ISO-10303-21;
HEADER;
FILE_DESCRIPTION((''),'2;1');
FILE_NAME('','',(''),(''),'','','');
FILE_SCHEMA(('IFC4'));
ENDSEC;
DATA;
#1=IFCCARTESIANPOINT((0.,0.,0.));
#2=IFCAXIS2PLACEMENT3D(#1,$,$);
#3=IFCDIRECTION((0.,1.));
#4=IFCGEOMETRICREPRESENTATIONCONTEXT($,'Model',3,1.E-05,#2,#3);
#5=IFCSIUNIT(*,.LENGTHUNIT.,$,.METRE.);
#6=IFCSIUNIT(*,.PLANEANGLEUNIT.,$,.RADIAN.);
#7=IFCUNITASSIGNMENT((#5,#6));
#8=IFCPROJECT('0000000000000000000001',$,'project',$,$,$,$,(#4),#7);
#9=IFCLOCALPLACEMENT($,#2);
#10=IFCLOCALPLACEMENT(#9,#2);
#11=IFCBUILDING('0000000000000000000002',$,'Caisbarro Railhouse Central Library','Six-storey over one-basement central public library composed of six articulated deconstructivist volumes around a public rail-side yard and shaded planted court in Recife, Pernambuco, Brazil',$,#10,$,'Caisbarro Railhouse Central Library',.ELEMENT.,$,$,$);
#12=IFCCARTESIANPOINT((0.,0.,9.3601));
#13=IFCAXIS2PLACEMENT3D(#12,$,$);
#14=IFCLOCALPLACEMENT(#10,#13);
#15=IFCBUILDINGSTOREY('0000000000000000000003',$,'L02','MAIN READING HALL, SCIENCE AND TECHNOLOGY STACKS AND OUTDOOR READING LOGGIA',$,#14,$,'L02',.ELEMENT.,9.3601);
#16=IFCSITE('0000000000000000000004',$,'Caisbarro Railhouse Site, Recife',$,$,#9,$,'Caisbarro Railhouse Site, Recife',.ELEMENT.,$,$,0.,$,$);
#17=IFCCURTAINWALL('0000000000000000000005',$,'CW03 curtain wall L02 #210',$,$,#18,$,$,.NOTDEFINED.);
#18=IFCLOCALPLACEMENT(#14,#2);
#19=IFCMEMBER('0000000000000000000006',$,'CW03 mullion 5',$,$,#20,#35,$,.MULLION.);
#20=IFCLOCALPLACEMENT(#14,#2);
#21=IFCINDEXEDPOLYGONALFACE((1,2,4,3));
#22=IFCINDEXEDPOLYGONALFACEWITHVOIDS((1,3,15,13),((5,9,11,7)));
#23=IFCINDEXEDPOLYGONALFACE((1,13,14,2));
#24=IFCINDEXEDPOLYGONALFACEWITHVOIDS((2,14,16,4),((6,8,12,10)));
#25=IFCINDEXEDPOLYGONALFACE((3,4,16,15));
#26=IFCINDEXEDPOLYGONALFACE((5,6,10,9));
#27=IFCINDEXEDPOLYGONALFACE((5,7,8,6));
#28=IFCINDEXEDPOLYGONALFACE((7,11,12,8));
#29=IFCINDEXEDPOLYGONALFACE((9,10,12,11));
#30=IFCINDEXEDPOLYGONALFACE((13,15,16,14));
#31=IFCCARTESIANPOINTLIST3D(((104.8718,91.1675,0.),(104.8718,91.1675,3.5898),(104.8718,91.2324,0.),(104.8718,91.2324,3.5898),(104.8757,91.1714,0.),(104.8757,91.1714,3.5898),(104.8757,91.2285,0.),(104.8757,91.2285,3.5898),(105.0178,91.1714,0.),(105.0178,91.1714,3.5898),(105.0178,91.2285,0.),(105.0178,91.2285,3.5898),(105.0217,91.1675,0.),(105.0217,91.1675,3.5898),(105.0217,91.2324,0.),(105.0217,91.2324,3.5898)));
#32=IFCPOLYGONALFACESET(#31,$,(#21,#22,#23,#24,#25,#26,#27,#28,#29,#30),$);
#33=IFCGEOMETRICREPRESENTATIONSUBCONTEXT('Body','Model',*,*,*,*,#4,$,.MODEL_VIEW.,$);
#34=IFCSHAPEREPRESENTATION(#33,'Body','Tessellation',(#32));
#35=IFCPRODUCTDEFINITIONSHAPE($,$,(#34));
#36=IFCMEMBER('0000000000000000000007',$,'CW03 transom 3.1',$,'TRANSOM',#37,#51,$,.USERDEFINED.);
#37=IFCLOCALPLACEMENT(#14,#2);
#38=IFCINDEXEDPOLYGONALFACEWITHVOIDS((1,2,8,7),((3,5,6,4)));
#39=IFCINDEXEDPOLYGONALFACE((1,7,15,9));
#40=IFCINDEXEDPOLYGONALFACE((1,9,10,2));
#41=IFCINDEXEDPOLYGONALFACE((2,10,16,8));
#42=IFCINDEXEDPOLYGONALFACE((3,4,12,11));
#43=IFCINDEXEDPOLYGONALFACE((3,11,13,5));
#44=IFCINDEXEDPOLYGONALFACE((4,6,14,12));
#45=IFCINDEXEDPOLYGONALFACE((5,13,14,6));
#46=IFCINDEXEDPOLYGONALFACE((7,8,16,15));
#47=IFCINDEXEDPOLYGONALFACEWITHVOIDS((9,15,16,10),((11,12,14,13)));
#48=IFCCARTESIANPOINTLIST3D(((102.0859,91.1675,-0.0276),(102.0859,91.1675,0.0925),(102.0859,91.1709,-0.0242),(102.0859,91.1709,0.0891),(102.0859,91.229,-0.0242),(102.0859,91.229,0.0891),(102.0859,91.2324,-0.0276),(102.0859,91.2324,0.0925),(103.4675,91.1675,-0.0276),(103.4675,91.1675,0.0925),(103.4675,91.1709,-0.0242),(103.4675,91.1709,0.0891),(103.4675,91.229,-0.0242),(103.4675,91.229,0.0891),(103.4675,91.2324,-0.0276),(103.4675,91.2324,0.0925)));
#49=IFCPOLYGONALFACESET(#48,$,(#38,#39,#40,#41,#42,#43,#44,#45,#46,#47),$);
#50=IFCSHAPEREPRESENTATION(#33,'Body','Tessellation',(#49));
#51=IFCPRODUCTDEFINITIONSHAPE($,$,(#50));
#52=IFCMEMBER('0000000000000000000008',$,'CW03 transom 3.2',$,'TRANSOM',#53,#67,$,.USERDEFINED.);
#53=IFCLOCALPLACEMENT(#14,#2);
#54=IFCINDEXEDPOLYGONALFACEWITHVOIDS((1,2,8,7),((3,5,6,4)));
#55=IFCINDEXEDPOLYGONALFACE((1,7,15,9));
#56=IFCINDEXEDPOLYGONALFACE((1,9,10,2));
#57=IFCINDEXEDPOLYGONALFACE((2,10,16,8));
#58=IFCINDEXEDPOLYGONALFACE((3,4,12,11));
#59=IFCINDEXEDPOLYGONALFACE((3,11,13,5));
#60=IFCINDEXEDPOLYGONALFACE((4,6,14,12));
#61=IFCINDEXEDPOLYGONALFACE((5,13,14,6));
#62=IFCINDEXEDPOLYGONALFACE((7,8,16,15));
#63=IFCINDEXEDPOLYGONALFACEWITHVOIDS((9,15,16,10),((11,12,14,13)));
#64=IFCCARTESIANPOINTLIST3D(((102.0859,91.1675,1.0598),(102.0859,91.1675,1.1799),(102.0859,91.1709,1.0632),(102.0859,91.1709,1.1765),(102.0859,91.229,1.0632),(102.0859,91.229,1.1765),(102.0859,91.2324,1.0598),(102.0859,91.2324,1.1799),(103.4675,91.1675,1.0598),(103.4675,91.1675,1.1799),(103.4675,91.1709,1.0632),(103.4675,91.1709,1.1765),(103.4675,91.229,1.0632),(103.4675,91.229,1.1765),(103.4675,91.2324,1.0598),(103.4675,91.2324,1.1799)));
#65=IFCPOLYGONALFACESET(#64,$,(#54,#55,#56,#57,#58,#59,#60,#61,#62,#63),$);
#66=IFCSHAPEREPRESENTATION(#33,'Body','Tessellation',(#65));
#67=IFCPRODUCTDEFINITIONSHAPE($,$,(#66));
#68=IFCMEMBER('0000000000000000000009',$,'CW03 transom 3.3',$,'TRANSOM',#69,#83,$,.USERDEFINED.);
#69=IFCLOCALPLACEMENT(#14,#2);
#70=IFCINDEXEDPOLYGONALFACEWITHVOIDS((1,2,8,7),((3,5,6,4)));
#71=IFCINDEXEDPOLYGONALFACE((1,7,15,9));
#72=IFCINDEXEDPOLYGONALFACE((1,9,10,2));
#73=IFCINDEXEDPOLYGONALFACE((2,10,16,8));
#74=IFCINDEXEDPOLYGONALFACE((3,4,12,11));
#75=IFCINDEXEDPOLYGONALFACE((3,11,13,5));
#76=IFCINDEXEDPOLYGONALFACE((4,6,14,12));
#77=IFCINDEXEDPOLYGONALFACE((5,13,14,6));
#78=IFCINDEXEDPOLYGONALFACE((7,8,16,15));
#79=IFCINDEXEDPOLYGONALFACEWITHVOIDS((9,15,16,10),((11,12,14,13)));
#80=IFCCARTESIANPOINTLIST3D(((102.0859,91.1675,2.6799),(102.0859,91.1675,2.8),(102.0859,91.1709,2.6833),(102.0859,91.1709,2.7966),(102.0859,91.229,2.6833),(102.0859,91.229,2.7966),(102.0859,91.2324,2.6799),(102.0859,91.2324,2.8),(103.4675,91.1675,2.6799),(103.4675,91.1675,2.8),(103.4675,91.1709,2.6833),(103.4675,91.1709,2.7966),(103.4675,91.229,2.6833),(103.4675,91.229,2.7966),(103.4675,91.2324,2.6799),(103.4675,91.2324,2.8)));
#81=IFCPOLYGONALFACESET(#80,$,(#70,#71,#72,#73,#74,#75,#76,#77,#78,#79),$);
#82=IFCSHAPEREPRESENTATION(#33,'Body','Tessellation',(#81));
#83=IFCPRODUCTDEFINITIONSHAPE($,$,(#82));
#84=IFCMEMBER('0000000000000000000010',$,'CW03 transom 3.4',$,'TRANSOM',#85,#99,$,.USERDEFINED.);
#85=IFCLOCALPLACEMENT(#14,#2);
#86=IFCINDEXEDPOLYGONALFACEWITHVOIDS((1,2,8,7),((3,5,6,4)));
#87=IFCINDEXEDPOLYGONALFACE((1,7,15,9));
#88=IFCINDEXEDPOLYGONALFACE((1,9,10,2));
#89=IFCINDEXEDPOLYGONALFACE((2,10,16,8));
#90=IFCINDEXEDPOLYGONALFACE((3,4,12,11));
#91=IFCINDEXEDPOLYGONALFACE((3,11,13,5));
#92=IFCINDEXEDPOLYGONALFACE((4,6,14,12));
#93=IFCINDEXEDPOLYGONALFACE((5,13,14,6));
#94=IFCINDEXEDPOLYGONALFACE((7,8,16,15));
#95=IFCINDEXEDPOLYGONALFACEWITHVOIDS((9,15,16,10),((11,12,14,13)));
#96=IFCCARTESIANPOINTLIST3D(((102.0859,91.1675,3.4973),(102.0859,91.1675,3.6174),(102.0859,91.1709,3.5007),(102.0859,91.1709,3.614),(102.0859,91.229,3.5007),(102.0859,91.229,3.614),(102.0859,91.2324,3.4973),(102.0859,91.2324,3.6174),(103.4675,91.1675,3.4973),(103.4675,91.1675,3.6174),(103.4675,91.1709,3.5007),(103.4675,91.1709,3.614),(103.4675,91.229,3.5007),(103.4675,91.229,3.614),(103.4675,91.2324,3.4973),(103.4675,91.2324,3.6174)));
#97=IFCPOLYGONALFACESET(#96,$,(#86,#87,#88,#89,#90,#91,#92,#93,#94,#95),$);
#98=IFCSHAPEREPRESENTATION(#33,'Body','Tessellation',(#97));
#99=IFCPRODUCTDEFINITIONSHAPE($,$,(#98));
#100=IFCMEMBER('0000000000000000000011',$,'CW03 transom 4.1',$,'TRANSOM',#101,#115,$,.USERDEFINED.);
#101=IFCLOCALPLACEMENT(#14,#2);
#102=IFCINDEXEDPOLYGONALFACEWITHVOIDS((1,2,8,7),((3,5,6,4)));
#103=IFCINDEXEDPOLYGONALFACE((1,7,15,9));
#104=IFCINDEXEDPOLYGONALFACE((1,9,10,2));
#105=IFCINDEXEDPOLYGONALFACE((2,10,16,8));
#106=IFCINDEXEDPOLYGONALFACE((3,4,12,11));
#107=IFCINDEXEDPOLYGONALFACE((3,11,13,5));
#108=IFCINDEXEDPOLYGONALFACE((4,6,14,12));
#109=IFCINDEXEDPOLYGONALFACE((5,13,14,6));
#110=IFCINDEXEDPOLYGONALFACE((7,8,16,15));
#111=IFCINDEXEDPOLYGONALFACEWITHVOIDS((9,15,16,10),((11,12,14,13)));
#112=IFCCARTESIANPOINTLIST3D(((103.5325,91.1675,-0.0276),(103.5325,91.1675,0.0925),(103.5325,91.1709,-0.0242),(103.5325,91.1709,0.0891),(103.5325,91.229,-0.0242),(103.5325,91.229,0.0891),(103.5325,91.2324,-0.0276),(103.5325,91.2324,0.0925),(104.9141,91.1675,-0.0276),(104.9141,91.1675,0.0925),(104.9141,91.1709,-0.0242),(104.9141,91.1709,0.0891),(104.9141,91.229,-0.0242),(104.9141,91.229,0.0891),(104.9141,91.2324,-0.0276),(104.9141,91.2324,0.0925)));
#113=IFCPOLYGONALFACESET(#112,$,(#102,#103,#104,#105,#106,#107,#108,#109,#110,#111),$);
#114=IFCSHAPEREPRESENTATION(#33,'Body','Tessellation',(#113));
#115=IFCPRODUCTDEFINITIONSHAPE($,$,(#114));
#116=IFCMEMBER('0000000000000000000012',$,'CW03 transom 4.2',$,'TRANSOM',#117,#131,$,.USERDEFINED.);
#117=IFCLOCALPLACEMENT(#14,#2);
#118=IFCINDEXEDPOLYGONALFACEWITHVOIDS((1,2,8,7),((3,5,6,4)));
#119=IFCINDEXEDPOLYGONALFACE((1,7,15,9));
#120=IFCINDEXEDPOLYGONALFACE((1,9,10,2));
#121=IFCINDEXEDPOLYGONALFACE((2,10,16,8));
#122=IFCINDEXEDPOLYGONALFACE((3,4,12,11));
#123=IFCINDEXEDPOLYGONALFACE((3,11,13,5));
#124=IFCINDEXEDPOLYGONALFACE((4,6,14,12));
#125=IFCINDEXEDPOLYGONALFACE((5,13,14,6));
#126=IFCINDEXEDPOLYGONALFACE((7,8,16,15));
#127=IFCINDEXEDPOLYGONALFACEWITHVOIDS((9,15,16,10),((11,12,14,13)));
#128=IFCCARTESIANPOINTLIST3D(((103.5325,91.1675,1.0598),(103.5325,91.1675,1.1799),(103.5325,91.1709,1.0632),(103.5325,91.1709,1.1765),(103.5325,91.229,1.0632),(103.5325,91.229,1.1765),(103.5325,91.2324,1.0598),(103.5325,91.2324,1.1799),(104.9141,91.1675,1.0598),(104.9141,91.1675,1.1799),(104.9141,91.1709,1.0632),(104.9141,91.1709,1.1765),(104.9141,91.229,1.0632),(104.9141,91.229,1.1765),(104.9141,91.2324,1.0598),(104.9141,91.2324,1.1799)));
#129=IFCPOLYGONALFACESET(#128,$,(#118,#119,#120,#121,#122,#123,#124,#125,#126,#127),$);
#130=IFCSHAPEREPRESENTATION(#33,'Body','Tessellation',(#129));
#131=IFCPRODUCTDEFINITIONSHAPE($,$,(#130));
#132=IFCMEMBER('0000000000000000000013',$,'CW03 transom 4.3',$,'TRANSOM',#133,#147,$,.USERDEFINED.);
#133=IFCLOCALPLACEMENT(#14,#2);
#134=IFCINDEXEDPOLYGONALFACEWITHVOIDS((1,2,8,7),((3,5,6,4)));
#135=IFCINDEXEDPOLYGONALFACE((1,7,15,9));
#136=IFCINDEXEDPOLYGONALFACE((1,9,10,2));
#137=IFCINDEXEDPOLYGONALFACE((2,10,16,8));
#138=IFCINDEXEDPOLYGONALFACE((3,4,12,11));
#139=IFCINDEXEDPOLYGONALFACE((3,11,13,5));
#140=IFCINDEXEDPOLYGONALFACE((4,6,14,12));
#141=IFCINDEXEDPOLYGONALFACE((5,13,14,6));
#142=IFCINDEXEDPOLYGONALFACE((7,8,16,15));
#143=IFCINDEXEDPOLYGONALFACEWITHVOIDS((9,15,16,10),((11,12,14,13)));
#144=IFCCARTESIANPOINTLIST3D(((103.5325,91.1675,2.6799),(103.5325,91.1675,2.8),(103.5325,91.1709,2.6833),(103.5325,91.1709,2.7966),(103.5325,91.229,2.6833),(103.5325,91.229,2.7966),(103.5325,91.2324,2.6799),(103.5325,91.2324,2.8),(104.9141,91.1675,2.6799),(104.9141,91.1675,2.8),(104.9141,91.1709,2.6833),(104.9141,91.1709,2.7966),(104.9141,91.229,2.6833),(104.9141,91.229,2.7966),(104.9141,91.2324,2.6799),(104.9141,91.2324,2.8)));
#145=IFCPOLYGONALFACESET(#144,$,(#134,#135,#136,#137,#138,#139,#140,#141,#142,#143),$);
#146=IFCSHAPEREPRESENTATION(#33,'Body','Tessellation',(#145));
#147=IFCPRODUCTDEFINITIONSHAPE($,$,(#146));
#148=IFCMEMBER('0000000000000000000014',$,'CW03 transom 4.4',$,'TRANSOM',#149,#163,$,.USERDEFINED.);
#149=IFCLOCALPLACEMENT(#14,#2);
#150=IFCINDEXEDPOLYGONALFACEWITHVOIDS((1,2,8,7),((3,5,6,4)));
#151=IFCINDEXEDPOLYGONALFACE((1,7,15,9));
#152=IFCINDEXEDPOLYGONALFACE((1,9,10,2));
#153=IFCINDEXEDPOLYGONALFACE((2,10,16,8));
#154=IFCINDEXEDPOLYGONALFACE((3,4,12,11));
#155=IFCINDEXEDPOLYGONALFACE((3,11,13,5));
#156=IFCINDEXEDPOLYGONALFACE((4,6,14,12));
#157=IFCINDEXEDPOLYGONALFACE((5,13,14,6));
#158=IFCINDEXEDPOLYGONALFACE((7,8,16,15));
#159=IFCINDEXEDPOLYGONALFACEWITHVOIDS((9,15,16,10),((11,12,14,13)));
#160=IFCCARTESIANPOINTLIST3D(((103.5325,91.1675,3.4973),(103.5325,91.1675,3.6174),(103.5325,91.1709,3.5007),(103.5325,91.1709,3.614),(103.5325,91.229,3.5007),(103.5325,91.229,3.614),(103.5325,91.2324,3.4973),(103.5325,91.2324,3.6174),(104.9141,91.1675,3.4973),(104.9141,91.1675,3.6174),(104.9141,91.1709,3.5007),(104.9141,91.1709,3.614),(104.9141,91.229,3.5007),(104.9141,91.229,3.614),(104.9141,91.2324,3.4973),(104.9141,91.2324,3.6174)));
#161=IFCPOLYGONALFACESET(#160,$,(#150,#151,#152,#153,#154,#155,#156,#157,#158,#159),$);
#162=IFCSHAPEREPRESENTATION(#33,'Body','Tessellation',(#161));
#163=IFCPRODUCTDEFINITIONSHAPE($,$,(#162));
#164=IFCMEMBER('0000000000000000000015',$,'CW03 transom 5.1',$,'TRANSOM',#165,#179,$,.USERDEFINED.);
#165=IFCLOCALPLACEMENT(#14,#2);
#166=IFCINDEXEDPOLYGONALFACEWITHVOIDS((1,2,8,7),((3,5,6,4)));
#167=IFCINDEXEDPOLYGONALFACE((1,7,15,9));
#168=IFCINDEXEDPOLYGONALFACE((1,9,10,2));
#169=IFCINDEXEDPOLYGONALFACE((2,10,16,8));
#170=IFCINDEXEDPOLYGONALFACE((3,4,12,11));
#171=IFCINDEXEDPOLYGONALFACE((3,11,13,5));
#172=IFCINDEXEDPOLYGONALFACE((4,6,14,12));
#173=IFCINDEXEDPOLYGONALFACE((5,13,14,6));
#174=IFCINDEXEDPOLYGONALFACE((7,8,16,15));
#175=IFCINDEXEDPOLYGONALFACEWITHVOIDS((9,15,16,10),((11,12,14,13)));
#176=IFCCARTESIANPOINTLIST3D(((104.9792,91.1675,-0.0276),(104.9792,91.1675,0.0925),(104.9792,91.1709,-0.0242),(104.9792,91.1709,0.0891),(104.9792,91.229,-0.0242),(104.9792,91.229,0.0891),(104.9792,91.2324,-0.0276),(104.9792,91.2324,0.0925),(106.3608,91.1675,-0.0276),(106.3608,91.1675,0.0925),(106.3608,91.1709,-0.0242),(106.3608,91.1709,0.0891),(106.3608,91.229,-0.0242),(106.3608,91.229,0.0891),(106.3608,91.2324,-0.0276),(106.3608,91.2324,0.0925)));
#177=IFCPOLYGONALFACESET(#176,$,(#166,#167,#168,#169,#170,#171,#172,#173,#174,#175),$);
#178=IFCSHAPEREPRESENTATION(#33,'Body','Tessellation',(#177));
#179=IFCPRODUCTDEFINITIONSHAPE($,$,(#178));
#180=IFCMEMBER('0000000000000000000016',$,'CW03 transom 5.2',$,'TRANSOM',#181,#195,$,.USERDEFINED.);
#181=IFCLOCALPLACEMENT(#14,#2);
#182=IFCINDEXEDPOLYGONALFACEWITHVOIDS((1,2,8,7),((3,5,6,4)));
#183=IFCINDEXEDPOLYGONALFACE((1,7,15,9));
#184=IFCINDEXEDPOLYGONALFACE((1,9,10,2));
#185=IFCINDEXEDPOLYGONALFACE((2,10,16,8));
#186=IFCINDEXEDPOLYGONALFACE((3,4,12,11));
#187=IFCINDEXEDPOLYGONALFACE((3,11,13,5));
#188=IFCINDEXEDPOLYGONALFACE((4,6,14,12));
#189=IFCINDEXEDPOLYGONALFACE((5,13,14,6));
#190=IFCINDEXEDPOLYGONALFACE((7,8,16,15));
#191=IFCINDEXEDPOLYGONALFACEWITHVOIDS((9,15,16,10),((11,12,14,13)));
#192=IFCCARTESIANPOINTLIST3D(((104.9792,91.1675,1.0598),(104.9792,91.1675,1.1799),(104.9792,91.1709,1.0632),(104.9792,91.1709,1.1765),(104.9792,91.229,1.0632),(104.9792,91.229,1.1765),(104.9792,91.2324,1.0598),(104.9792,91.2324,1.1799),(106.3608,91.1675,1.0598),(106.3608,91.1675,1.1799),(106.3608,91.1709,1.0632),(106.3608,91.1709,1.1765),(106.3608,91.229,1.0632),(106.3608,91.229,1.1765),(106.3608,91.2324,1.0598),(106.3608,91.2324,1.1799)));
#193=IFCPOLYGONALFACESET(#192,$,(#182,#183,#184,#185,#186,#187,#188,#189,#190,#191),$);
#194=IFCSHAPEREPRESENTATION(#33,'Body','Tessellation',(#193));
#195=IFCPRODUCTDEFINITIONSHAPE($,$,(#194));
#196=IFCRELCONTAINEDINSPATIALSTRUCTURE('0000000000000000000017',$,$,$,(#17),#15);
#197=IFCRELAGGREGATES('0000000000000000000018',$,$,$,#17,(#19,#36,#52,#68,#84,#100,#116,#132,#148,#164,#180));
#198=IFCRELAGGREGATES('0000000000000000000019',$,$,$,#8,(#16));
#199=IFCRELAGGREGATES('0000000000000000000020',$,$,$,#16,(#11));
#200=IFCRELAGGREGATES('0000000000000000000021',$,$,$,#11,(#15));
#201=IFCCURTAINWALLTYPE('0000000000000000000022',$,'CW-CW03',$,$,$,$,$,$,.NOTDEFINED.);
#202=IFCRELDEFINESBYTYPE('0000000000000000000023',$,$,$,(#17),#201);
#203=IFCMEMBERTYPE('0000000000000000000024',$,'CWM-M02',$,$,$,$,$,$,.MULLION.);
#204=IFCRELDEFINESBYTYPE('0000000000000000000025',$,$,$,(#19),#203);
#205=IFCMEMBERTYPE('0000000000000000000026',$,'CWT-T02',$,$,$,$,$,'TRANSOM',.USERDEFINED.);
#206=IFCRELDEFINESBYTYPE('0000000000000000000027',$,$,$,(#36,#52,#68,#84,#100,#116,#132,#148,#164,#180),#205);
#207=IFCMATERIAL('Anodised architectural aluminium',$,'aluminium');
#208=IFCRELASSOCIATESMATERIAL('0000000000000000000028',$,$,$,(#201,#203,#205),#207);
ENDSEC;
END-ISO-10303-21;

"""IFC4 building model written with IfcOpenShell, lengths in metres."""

from ifc_helpers import new_model, si_unit, direction, frame, origin, origin_2d, place, context, subcontext, project, spatial, hollow_rectangle, extrude, material, material_profile, profile_set, type_object, element, aggregate, save


model = new_model("IFC4")

# Units and contexts
model_context = context("Model", 3, precision=1e-05, world=origin(), true_north=direction((0.0, 1.0)))
body_context = subcontext(model_context, "Body", "Model", "MODEL_VIEW")
ifc_project = project(units=[si_unit("LENGTHUNIT", "METRE"), si_unit("PLANEANGLEUNIT", "RADIAN")], contexts=[model_context])

# Site, building, storey
site_placement = place(None, origin())
site = spatial("IfcSite", under=ifc_project, at=site_placement, Name="Caisbarro Railhouse Site, Recife", LongName="Caisbarro Railhouse Site, Recife", CompositionType="ELEMENT", RefElevation=0.0)
building_placement = place(site_placement, origin())
building = spatial("IfcBuilding", under=site, at=building_placement, Name="Caisbarro Railhouse Central Library", Description="Six-storey over one-basement central public library composed of six articulated deconstructivist volumes around a public rail-side yard and shaded planted court in Recife, Pernambuco, Brazil", LongName="Caisbarro Railhouse Central Library", CompositionType="ELEMENT")
storey_placement = place(building_placement, frame((0.0, 0.0, 9.3601)))
storey = spatial("IfcBuildingStorey", under=building, at=storey_placement, Name="L02", Description="MAIN READING HALL, SCIENCE AND TECHNOLOGY STACKS AND OUTDOOR READING LOGGIA", LongName="L02", CompositionType="ELEMENT", Elevation=9.3601)

# Curtain wall, members
ifc_material_1 = material(Name="Anodised architectural aluminium", Category="aluminium")
curtain_wall_type = type_object("IfcCurtainWallType", Name="CW-CW03", PredefinedType="NOTDEFINED", material=ifc_material_1)
curtain_wall_placement = place(storey_placement, origin())
curtain_wall = element("IfcCurtainWall", 1, at=curtain_wall_placement, inside=storey, type_object=curtain_wall_type, Name="CW03 curtain wall L02 #210", PredefinedType="NOTDEFINED")
ifc_material_profile_1 = material_profile(ifc_material_1, hollow_rectangle(XDim=0.0649, YDim=0.1499, WallThickness=0.0039, at=origin_2d()), Name="ALU-MUL-65X150")
ifc_profile_set_1 = profile_set([ifc_material_profile_1], Name="Anodised architectural aluminium")
member_type_1 = type_object("IfcMemberType", Name="CWM-M02", PredefinedType="MULLION", material=ifc_profile_set_1)
member_1_placement = place(storey_placement, frame((104.9468, 91.2, 0.0), z_axis=(0.0, 0.0, 1.0), x_axis=(0.0, 1.0, 0.0)))
member_1 = element("IfcMember", 2, at=member_1_placement, type_object=member_type_1, Name="CW03 mullion 5", PredefinedType="MULLION", context=body_context, shape_type="SweptSolid", body=[
    extrude(hollow_rectangle(XDim=0.0649, YDim=0.1499, WallThickness=0.0039, at=origin_2d()), origin(), (0.0, 0.0, 1.0), 3.5898),
])
ifc_material_profile_2 = material_profile(ifc_material_1, hollow_rectangle(XDim=0.0649, YDim=0.1201, WallThickness=0.0034, at=origin_2d()), Name="ALU-TRN-65X120")
ifc_profile_set_2 = profile_set([ifc_material_profile_2], Name="Anodised architectural aluminium")
member_type_2 = type_object("IfcMemberType", Name="CWT-T02", ElementType="TRANSOM", PredefinedType="USERDEFINED", material=ifc_profile_set_2)
member_2_placement = place(storey_placement, frame((102.0859, 91.2, 0.0325), z_axis=(1.0, 0.0, 0.0), x_axis=(0.0, 1.0, 0.0)))
member_2 = element("IfcMember", 3, at=member_2_placement, type_object=member_type_2, Name="CW03 transom 3.1", ObjectType="TRANSOM", PredefinedType="USERDEFINED", context=body_context, shape_type="SweptSolid", body=[
    extrude(hollow_rectangle(XDim=0.0649, YDim=0.1201, WallThickness=0.0034, at=origin_2d()), origin(), (0.0, 0.0, 1.0), 1.3816),
])
member_3_placement = place(storey_placement, frame((102.0859, 91.2, 1.1199), z_axis=(1.0, 0.0, 0.0), x_axis=(0.0, 1.0, 0.0)))
member_3 = element("IfcMember", 4, at=member_3_placement, type_object=member_type_2, Name="CW03 transom 3.2", ObjectType="TRANSOM", PredefinedType="USERDEFINED", context=body_context, shape_type="SweptSolid", body=[
    extrude(hollow_rectangle(XDim=0.0649, YDim=0.1201, WallThickness=0.0034, at=origin_2d()), origin(), (0.0, 0.0, 1.0), 1.3816),
])
member_4_placement = place(storey_placement, frame((102.0859, 91.2, 2.74), z_axis=(1.0, 0.0, 0.0), x_axis=(0.0, 1.0, 0.0)))
member_4 = element("IfcMember", 5, at=member_4_placement, type_object=member_type_2, Name="CW03 transom 3.3", ObjectType="TRANSOM", PredefinedType="USERDEFINED", context=body_context, shape_type="SweptSolid", body=[
    extrude(hollow_rectangle(XDim=0.0649, YDim=0.1201, WallThickness=0.0034, at=origin_2d()), origin(), (0.0, 0.0, 1.0), 1.3816),
])
member_5_placement = place(storey_placement, frame((102.0859, 91.2, 3.5574), z_axis=(1.0, 0.0, 0.0), x_axis=(0.0, 1.0, 0.0)))
member_5 = element("IfcMember", 6, at=member_5_placement, type_object=member_type_2, Name="CW03 transom 3.4", ObjectType="TRANSOM", PredefinedType="USERDEFINED", context=body_context, shape_type="SweptSolid", body=[
    extrude(hollow_rectangle(XDim=0.0649, YDim=0.1201, WallThickness=0.0034, at=origin_2d()), origin(), (0.0, 0.0, 1.0), 1.3816),
])
member_6_placement = place(storey_placement, frame((103.5325, 91.2, 0.0325), z_axis=(1.0, 0.0, 0.0), x_axis=(0.0, 1.0, 0.0)))
member_6 = element("IfcMember", 7, at=member_6_placement, type_object=member_type_2, Name="CW03 transom 4.1", ObjectType="TRANSOM", PredefinedType="USERDEFINED", context=body_context, shape_type="SweptSolid", body=[
    extrude(hollow_rectangle(XDim=0.0649, YDim=0.1201, WallThickness=0.0034, at=origin_2d()), origin(), (0.0, 0.0, 1.0), 1.3816),
])
member_7_placement = place(storey_placement, frame((103.5325, 91.2, 1.1199), z_axis=(1.0, 0.0, 0.0), x_axis=(0.0, 1.0, 0.0)))
member_7 = element("IfcMember", 8, at=member_7_placement, type_object=member_type_2, Name="CW03 transom 4.2", ObjectType="TRANSOM", PredefinedType="USERDEFINED", context=body_context, shape_type="SweptSolid", body=[
    extrude(hollow_rectangle(XDim=0.0649, YDim=0.1201, WallThickness=0.0034, at=origin_2d()), origin(), (0.0, 0.0, 1.0), 1.3816),
])
member_8_placement = place(storey_placement, frame((103.5325, 91.2, 2.74), z_axis=(1.0, 0.0, 0.0), x_axis=(0.0, 1.0, 0.0)))
member_8 = element("IfcMember", 9, at=member_8_placement, type_object=member_type_2, Name="CW03 transom 4.3", ObjectType="TRANSOM", PredefinedType="USERDEFINED", context=body_context, shape_type="SweptSolid", body=[
    extrude(hollow_rectangle(XDim=0.0649, YDim=0.1201, WallThickness=0.0034, at=origin_2d()), origin(), (0.0, 0.0, 1.0), 1.3816),
])
member_9_placement = place(storey_placement, frame((103.5325, 91.2, 3.5574), z_axis=(1.0, 0.0, 0.0), x_axis=(0.0, 1.0, 0.0)))
member_9 = element("IfcMember", 10, at=member_9_placement, type_object=member_type_2, Name="CW03 transom 4.4", ObjectType="TRANSOM", PredefinedType="USERDEFINED", context=body_context, shape_type="SweptSolid", body=[
    extrude(hollow_rectangle(XDim=0.0649, YDim=0.1201, WallThickness=0.0034, at=origin_2d()), origin(), (0.0, 0.0, 1.0), 1.3816),
])
member_10_placement = place(storey_placement, frame((104.9792, 91.2, 0.0325), z_axis=(1.0, 0.0, 0.0), x_axis=(0.0, 1.0, 0.0)))
member_10 = element("IfcMember", 11, at=member_10_placement, type_object=member_type_2, Name="CW03 transom 5.1", ObjectType="TRANSOM", PredefinedType="USERDEFINED", context=body_context, shape_type="SweptSolid", body=[
    extrude(hollow_rectangle(XDim=0.0649, YDim=0.1201, WallThickness=0.0034, at=origin_2d()), origin(), (0.0, 0.0, 1.0), 1.3816),
])
member_11_placement = place(storey_placement, frame((104.9792, 91.2, 1.1199), z_axis=(1.0, 0.0, 0.0), x_axis=(0.0, 1.0, 0.0)))
member_11 = element("IfcMember", 12, at=member_11_placement, type_object=member_type_2, Name="CW03 transom 5.2", ObjectType="TRANSOM", PredefinedType="USERDEFINED", context=body_context, shape_type="SweptSolid", body=[
    extrude(hollow_rectangle(XDim=0.0649, YDim=0.1201, WallThickness=0.0034, at=origin_2d()), origin(), (0.0, 0.0, 1.0), 1.3816),
])
aggregate(curtain_wall, [member_1, member_2, member_3, member_4, member_5, member_6, member_7, member_8, member_9, member_10, member_11])

save(model, "model.ifc")
